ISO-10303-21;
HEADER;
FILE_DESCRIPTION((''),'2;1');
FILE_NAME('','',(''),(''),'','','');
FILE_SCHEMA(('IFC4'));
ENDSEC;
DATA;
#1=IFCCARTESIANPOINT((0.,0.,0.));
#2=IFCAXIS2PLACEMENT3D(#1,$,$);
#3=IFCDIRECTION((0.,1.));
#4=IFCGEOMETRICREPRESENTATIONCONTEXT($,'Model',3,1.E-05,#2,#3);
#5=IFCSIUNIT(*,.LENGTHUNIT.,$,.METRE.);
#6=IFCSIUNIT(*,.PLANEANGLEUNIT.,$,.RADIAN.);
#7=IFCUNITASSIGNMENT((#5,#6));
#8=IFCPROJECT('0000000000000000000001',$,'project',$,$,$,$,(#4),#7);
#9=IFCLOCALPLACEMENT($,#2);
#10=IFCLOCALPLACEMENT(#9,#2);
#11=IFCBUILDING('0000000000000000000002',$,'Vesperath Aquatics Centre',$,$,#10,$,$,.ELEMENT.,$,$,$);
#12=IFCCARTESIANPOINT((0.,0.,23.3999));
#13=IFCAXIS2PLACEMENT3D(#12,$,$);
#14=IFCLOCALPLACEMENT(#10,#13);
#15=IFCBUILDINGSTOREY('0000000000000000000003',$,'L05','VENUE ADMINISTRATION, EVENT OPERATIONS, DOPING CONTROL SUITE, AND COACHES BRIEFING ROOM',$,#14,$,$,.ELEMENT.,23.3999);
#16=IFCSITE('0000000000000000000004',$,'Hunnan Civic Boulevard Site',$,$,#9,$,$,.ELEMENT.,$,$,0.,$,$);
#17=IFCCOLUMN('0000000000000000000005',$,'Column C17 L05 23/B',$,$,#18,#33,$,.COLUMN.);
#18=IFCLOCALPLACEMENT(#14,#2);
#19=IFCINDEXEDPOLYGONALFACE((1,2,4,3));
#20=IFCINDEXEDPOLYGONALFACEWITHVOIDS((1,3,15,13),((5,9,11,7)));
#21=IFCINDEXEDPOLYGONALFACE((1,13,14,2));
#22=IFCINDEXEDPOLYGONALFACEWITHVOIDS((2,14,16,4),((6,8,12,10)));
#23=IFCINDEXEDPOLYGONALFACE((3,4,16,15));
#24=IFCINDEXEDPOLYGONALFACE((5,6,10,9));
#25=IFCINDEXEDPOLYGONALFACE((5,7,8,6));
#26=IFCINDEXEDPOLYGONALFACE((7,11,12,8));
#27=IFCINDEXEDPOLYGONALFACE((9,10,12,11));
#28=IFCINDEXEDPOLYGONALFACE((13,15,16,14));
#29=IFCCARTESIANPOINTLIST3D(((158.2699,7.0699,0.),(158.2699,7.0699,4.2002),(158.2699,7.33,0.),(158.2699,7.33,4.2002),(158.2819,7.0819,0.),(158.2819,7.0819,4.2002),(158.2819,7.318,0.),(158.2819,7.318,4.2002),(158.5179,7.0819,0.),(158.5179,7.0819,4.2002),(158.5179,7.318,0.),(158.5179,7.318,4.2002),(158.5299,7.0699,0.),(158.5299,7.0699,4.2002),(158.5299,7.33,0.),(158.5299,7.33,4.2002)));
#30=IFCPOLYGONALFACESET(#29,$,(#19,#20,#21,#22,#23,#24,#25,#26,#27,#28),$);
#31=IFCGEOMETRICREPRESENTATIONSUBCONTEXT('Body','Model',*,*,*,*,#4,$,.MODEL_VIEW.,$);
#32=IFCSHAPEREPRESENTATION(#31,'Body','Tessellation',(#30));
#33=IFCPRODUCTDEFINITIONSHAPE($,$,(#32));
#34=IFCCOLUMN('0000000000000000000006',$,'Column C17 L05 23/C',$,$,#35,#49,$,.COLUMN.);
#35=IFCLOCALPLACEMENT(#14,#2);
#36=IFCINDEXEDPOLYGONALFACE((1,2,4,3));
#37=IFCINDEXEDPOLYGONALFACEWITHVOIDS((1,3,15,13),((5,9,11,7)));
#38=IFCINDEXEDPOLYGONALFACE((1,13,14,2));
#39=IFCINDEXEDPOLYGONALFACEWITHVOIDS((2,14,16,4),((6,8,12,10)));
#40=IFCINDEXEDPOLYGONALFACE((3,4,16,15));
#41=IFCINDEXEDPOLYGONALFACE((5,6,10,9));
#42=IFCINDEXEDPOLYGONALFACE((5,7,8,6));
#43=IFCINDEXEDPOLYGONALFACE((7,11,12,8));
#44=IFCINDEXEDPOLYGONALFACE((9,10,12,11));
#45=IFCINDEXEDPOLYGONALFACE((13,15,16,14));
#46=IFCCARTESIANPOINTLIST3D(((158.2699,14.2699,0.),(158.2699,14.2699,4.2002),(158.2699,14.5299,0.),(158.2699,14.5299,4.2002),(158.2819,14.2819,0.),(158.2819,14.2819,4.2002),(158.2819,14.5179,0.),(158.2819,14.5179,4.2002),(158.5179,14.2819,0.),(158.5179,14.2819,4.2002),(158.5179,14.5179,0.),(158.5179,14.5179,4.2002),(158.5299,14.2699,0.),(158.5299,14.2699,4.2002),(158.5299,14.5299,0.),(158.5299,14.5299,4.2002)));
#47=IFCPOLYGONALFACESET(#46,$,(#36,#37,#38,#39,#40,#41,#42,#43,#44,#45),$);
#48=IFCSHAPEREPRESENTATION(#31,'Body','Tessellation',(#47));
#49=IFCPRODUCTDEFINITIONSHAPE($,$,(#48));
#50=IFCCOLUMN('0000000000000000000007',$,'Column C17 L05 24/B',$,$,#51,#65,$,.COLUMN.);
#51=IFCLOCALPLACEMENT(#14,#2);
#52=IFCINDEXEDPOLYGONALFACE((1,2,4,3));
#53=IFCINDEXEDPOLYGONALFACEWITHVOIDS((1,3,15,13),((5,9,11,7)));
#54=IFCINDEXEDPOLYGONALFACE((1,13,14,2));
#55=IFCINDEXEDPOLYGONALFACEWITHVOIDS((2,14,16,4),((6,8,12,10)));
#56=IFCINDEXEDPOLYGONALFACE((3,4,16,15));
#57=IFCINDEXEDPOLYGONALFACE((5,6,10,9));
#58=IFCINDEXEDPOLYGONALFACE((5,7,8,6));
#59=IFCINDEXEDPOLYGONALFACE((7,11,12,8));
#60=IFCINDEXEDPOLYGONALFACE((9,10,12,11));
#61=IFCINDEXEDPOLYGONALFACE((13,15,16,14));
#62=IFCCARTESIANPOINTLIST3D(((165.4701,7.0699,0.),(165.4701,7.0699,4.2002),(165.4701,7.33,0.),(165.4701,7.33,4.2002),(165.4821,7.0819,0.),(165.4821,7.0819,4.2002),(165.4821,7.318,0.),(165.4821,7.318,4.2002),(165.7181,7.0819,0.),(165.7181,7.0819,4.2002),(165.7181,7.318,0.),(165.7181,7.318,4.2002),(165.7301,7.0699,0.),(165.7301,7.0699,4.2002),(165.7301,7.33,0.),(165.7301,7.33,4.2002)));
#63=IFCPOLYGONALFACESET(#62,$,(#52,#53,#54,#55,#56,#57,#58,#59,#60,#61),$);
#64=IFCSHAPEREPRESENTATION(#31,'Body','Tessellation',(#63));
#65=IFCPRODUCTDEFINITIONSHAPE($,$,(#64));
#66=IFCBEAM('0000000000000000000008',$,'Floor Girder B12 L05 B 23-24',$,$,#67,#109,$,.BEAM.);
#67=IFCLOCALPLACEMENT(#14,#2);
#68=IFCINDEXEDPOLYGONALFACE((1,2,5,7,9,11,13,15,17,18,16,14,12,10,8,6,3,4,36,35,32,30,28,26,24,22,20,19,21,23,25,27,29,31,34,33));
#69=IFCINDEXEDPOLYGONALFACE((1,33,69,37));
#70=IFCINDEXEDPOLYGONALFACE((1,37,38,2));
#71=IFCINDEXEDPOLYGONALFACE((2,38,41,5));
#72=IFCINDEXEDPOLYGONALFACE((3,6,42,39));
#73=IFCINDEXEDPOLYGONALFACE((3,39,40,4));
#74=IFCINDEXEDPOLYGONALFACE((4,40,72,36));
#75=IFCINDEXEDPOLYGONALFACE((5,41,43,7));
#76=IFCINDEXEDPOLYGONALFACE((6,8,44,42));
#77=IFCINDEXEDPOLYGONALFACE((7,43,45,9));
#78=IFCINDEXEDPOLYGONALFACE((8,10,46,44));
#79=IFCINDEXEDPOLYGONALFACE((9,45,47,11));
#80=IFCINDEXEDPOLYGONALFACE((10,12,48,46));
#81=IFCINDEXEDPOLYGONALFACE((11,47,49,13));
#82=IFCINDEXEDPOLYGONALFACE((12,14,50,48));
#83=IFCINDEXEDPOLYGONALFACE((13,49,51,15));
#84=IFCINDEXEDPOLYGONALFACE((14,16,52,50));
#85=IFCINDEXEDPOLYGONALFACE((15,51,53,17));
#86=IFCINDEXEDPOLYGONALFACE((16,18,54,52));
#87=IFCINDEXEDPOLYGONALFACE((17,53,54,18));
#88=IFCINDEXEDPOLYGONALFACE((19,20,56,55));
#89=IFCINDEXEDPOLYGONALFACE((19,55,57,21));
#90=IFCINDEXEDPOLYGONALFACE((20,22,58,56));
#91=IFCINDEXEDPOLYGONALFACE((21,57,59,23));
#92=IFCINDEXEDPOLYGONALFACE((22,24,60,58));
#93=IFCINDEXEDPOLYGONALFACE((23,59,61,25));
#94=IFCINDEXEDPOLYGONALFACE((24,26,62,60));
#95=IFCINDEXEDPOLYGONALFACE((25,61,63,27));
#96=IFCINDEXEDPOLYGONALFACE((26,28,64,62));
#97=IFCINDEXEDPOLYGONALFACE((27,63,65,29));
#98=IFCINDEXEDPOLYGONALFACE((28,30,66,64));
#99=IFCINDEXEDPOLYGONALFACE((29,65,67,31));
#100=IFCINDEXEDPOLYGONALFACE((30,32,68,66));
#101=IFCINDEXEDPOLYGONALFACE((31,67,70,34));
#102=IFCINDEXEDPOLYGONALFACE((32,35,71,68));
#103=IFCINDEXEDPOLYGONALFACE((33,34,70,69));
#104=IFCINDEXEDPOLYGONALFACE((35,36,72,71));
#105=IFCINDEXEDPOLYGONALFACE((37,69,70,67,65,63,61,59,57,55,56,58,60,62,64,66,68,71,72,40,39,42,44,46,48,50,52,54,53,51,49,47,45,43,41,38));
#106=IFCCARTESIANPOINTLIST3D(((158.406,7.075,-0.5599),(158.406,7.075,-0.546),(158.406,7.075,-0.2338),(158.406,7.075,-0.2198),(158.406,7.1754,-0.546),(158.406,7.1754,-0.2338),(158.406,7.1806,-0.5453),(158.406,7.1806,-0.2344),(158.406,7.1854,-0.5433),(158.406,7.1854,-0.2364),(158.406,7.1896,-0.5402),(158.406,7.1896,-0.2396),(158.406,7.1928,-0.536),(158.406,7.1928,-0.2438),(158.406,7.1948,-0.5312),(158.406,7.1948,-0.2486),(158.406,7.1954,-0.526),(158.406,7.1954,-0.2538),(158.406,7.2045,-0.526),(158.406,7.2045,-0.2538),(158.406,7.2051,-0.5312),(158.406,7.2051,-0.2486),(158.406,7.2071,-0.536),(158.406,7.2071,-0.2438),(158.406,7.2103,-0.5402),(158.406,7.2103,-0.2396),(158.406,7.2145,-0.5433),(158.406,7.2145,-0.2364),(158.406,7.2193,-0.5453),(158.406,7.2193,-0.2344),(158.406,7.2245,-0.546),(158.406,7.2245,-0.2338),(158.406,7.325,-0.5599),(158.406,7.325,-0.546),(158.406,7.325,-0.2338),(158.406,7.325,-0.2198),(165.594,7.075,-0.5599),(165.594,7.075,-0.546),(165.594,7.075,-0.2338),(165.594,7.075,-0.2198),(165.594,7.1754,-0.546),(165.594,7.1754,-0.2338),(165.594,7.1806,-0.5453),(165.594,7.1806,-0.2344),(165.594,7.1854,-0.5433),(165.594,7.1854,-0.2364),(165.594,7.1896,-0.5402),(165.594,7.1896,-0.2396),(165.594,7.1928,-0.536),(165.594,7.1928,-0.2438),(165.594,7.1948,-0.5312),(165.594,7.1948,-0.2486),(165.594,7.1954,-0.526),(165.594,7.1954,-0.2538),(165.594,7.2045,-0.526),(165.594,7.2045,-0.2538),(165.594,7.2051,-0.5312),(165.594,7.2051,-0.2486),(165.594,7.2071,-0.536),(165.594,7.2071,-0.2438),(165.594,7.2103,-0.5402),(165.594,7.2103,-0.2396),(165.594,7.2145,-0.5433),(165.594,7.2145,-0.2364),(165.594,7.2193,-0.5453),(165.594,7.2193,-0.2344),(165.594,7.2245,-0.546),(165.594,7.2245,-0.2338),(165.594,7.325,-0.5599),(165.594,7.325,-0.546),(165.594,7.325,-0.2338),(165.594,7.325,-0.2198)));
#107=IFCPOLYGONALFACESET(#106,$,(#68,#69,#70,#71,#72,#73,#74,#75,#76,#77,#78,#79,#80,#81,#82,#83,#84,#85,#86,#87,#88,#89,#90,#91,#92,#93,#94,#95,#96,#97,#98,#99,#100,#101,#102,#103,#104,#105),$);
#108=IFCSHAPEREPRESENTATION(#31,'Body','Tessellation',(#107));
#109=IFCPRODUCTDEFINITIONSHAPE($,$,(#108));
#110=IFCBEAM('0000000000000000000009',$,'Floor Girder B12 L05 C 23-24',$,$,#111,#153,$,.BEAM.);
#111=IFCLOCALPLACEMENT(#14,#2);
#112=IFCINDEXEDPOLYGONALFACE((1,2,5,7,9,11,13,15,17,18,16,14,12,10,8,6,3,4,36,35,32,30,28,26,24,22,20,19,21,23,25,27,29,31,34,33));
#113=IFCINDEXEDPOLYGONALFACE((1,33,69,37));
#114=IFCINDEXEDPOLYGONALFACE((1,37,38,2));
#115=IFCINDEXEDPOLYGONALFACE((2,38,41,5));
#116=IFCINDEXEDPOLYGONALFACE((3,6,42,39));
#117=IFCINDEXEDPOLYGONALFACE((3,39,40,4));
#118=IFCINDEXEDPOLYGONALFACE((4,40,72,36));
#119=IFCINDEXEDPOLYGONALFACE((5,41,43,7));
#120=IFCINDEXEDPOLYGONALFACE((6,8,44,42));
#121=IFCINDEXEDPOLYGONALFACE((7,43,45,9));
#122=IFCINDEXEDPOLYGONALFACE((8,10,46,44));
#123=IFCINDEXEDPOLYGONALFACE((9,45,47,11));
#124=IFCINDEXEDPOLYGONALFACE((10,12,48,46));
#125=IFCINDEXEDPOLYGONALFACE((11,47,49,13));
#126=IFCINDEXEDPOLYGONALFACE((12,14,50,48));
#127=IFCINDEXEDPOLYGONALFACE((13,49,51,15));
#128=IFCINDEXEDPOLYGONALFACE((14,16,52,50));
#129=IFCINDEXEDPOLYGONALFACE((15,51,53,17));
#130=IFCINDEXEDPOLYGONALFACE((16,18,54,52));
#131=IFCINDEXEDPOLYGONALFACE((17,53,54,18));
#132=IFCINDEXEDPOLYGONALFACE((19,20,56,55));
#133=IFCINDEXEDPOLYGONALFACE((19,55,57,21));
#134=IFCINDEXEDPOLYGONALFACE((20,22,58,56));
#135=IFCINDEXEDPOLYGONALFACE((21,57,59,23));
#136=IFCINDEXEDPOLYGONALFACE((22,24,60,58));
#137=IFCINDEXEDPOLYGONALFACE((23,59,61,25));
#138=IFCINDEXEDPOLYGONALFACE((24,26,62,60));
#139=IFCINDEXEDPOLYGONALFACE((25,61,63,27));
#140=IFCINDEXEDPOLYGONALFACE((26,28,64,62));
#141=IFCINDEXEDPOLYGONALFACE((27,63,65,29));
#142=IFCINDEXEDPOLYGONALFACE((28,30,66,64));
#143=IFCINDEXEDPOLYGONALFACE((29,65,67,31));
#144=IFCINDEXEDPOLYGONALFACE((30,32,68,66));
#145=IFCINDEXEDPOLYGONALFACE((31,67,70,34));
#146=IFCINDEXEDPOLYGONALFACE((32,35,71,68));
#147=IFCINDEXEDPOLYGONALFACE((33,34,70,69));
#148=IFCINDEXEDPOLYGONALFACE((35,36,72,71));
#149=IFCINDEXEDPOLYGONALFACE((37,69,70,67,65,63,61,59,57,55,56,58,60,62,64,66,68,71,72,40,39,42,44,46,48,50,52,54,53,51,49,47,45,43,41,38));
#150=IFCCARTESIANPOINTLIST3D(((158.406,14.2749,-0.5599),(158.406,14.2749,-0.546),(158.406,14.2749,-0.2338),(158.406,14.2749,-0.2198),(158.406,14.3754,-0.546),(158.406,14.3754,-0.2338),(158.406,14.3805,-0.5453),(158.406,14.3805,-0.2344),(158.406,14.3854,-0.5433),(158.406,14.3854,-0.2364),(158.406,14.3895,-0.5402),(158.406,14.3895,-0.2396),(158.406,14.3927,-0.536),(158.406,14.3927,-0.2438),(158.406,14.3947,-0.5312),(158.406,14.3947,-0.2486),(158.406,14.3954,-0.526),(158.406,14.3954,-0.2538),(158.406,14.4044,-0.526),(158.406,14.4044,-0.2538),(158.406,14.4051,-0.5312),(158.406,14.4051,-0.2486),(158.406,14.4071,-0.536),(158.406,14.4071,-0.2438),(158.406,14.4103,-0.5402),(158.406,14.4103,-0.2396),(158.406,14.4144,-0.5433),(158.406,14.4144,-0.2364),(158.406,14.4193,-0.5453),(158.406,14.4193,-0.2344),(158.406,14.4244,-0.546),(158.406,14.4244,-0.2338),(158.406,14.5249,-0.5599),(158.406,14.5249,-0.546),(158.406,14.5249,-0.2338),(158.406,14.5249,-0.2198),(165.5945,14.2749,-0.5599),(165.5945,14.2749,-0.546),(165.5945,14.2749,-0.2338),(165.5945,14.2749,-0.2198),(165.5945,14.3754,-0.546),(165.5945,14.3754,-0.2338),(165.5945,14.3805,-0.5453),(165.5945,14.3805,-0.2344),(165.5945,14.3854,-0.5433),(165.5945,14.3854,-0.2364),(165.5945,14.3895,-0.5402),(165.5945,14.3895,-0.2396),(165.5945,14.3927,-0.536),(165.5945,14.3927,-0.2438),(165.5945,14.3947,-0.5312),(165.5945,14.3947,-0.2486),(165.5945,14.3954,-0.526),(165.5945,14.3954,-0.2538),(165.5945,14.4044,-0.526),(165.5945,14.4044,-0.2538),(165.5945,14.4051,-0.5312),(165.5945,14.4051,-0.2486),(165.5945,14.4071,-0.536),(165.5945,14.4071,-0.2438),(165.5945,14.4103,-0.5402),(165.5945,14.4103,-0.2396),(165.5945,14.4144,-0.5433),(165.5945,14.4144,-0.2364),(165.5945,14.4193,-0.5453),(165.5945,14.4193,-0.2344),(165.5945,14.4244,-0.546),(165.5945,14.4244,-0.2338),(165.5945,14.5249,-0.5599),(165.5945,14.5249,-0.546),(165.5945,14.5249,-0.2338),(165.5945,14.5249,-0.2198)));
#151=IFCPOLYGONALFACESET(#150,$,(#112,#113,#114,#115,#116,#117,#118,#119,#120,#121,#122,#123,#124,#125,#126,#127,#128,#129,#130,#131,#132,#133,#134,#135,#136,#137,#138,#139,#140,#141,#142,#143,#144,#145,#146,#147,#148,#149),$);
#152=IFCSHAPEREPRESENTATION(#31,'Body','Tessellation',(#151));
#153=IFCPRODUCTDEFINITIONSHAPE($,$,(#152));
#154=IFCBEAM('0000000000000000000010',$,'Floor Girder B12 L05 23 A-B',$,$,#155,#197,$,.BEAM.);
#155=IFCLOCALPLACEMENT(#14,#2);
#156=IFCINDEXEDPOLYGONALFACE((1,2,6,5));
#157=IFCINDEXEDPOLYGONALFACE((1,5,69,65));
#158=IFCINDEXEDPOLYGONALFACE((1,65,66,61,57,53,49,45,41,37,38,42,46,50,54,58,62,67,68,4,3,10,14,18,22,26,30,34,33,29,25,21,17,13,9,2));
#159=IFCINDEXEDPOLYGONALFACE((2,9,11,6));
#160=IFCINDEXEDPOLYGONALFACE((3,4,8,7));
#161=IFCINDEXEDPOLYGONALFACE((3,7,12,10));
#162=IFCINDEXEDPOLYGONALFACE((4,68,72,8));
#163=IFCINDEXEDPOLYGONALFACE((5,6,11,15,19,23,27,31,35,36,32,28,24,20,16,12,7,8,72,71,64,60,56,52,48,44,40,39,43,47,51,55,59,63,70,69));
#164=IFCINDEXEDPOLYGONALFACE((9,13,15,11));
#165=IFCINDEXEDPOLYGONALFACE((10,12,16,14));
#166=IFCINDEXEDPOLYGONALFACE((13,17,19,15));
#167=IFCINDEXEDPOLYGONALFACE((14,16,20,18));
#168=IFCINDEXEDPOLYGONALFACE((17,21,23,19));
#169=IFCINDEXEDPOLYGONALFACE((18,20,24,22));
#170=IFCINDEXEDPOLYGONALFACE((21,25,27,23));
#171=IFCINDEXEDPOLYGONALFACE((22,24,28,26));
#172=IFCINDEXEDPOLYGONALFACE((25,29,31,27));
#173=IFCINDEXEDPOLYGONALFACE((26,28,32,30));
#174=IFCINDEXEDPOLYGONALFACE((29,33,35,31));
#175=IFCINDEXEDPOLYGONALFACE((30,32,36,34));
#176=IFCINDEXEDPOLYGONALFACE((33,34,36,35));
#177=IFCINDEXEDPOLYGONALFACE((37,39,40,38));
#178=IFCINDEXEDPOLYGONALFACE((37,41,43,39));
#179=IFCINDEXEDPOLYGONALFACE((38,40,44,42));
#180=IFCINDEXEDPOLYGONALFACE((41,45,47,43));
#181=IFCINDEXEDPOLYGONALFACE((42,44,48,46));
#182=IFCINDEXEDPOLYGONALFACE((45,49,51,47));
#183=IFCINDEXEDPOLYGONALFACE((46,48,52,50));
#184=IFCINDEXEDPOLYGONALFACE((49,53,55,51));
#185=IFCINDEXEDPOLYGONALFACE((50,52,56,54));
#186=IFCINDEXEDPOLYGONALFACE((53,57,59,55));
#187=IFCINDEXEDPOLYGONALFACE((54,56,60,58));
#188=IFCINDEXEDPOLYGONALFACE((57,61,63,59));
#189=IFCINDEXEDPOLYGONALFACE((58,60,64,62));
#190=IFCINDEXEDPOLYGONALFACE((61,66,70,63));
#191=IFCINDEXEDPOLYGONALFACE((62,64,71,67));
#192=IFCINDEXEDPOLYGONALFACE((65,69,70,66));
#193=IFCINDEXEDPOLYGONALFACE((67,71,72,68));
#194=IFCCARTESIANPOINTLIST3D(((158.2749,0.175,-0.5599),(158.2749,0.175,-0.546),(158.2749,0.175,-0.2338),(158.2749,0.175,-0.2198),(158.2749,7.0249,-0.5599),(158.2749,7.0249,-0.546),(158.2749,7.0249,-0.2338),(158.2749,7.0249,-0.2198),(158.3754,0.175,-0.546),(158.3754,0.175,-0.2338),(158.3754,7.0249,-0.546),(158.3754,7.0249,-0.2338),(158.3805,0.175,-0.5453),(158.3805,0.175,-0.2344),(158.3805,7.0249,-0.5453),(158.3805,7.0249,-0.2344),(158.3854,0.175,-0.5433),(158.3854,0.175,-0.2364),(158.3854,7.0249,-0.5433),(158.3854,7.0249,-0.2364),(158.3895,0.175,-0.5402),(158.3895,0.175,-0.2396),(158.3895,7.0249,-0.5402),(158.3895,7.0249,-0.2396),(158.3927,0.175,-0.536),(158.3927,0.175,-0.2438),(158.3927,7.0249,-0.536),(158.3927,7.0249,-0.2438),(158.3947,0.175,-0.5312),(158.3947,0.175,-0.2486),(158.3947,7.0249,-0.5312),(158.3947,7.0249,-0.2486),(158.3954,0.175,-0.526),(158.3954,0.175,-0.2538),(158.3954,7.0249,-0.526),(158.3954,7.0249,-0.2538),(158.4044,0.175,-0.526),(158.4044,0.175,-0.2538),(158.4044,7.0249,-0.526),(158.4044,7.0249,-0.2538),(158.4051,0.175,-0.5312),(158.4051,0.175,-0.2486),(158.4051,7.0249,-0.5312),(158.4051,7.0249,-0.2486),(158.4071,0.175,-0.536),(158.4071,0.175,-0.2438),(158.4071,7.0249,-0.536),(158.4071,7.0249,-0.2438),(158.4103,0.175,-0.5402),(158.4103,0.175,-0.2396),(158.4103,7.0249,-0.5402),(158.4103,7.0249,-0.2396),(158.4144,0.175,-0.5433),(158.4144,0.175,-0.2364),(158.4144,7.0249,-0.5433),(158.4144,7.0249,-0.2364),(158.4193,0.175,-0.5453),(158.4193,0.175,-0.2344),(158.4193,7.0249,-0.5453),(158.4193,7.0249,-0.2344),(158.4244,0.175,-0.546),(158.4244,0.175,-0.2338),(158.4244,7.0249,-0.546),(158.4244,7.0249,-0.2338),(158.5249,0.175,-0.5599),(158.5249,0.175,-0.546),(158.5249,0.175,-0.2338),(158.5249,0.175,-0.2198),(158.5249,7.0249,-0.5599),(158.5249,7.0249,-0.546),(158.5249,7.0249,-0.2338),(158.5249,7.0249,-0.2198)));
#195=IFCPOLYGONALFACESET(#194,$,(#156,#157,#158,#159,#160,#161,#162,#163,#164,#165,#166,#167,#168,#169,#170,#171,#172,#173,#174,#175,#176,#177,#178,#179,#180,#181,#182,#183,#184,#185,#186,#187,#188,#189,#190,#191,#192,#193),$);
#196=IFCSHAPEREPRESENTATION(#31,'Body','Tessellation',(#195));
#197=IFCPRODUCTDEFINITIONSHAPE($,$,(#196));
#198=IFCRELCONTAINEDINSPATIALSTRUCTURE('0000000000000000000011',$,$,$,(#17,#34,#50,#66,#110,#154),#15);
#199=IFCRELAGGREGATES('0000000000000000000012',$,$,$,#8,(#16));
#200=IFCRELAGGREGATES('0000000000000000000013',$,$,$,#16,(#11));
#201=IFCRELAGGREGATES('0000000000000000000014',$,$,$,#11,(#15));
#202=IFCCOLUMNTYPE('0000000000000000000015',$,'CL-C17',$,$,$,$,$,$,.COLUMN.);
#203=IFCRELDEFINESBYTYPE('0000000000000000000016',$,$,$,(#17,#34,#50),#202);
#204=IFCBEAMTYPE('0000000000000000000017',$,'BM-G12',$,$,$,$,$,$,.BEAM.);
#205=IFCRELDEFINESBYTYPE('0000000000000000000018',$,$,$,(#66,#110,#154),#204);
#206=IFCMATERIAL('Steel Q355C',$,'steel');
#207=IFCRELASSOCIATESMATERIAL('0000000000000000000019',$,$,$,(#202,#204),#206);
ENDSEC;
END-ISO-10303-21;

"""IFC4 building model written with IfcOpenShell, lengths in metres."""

from ifc_helpers import new_model, si_unit, direction, frame, origin, origin_2d, place, context, subcontext, project, spatial, hollow_rectangle, i_section, extrude, material, material_profile, profile_set, type_object, element, save


model = new_model("IFC4")

# Units and contexts
model_context = context("Model", 3, precision=1e-05, world=origin(), true_north=direction((0.0, 1.0)))
body_context = subcontext(model_context, "Body", "Model", "MODEL_VIEW")
ifc_project = project(units=[si_unit("LENGTHUNIT", "METRE"), si_unit("PLANEANGLEUNIT", "RADIAN")], contexts=[model_context])

# Site, building, storey
site_placement = place(None, origin())
site = spatial("IfcSite", under=ifc_project, at=site_placement, Name="Hunnan Civic Boulevard Site", CompositionType="ELEMENT", RefElevation=0.0)
building_placement = place(site_placement, origin())
building = spatial("IfcBuilding", under=site, at=building_placement, Name="Vesperath Aquatics Centre", CompositionType="ELEMENT")
storey_placement = place(building_placement, frame((0.0, 0.0, 23.3999)))
storey = spatial("IfcBuildingStorey", under=building, at=storey_placement, Name="L05", Description="VENUE ADMINISTRATION, EVENT OPERATIONS, DOPING CONTROL SUITE, AND COACHES BRIEFING ROOM", CompositionType="ELEMENT", Elevation=23.3999)

# Columns
ifc_material_1 = material(Name="Steel Q355C", Category="steel")
ifc_material_profile_1 = material_profile(ifc_material_1, hollow_rectangle(XDim=0.26, YDim=0.26, WallThickness=0.012, at=origin_2d()), Name="SHS 260x260x12")
ifc_profile_set_1 = profile_set([ifc_material_profile_1], Name="Steel Q355C")
column_type = type_object("IfcColumnType", Name="CL-C17", PredefinedType="COLUMN", material=ifc_profile_set_1)
for number, where, z_axis, x_axis, name in (
    (1, (158.3999, 7.2, 0.0), (0.0, 0.0, 1.0), (1.0, 0.0, 0.0), "Column C17 L05 23/B"),
    (2, (158.3999, 14.3999, 0.0), (0.0, 0.0, 1.0), (1.0, 0.0, 0.0), "Column C17 L05 23/C"),
    (3, (165.6001, 7.2, 0.0), (0.0, 0.0, 1.0), (1.0, 0.0, 0.0), "Column C17 L05 24/B"),
):
    element("IfcColumn", number, at=place(storey_placement, frame(where, z_axis=z_axis, x_axis=x_axis)), inside=storey, type_object=column_type, Name=name, PredefinedType="COLUMN", context=body_context, shape_type="SweptSolid", body=[
        extrude(hollow_rectangle(XDim=0.26, YDim=0.26, WallThickness=0.012, at=origin_2d()), origin(), (0.0, 0.0, 1.0), 4.2002),
    ])

# Beams
ifc_material_profile_2 = material_profile(ifc_material_1, i_section(OverallWidth=0.25, OverallDepth=0.3401, WebThickness=0.009, FlangeThickness=0.0139, FilletRadius=0.02, at=origin_2d()), Name="HM 340x250x9x14")
ifc_profile_set_2 = profile_set([ifc_material_profile_2], Name="Steel Q355C")
beam_type_1 = type_object("IfcBeamType", Name="BM-G12", PredefinedType="BEAM", material=ifc_profile_set_2)
beam_1_placement = place(storey_placement, frame((158.406, 7.2, -0.3899), z_axis=(1.0, 0.0, 0.0), x_axis=(0.0, 1.0, 0.0)))
element("IfcBeam", 4, at=beam_1_placement, inside=storey, type_object=beam_type_1, Name="Floor Girder B12 L05 B 23-24", PredefinedType="BEAM", context=body_context, shape_type="SweptSolid", body=[
    extrude(i_section(OverallWidth=0.25, OverallDepth=0.3401, WebThickness=0.009, FlangeThickness=0.0139, FilletRadius=0.02, at=origin_2d()), origin(), (0.0, 0.0, 1.0), 7.188),
])
beam_2_placement = place(storey_placement, frame((158.406, 14.3999, -0.3899), z_axis=(1.0, 0.0, 0.0), x_axis=(0.0, 1.0, 0.0)))
element("IfcBeam", 5, at=beam_2_placement, inside=storey, type_object=beam_type_1, Name="Floor Girder B12 L05 C 23-24", PredefinedType="BEAM", context=body_context, shape_type="SweptSolid", body=[
    extrude(i_section(OverallWidth=0.25, OverallDepth=0.3401, WebThickness=0.009, FlangeThickness=0.0139, FilletRadius=0.02, at=origin_2d()), origin(), (0.0, 0.0, 1.0), 7.1885),
])
beam_3_placement = place(storey_placement, frame((158.3999, 0.175, -0.3899), z_axis=(0.0, 1.0, 0.0), x_axis=(-1.0, 0.0, 0.0)))
element("IfcBeam", 6, at=beam_3_placement, inside=storey, type_object=beam_type_1, Name="Floor Girder B12 L05 23 A-B", PredefinedType="BEAM", context=body_context, shape_type="SweptSolid", body=[
    extrude(i_section(OverallWidth=0.25, OverallDepth=0.3401, WebThickness=0.009, FlangeThickness=0.0139, FilletRadius=0.02, at=origin_2d()), origin(), (0.0, 0.0, 1.0), 6.8499),
])

save(model, "model.ifc")
